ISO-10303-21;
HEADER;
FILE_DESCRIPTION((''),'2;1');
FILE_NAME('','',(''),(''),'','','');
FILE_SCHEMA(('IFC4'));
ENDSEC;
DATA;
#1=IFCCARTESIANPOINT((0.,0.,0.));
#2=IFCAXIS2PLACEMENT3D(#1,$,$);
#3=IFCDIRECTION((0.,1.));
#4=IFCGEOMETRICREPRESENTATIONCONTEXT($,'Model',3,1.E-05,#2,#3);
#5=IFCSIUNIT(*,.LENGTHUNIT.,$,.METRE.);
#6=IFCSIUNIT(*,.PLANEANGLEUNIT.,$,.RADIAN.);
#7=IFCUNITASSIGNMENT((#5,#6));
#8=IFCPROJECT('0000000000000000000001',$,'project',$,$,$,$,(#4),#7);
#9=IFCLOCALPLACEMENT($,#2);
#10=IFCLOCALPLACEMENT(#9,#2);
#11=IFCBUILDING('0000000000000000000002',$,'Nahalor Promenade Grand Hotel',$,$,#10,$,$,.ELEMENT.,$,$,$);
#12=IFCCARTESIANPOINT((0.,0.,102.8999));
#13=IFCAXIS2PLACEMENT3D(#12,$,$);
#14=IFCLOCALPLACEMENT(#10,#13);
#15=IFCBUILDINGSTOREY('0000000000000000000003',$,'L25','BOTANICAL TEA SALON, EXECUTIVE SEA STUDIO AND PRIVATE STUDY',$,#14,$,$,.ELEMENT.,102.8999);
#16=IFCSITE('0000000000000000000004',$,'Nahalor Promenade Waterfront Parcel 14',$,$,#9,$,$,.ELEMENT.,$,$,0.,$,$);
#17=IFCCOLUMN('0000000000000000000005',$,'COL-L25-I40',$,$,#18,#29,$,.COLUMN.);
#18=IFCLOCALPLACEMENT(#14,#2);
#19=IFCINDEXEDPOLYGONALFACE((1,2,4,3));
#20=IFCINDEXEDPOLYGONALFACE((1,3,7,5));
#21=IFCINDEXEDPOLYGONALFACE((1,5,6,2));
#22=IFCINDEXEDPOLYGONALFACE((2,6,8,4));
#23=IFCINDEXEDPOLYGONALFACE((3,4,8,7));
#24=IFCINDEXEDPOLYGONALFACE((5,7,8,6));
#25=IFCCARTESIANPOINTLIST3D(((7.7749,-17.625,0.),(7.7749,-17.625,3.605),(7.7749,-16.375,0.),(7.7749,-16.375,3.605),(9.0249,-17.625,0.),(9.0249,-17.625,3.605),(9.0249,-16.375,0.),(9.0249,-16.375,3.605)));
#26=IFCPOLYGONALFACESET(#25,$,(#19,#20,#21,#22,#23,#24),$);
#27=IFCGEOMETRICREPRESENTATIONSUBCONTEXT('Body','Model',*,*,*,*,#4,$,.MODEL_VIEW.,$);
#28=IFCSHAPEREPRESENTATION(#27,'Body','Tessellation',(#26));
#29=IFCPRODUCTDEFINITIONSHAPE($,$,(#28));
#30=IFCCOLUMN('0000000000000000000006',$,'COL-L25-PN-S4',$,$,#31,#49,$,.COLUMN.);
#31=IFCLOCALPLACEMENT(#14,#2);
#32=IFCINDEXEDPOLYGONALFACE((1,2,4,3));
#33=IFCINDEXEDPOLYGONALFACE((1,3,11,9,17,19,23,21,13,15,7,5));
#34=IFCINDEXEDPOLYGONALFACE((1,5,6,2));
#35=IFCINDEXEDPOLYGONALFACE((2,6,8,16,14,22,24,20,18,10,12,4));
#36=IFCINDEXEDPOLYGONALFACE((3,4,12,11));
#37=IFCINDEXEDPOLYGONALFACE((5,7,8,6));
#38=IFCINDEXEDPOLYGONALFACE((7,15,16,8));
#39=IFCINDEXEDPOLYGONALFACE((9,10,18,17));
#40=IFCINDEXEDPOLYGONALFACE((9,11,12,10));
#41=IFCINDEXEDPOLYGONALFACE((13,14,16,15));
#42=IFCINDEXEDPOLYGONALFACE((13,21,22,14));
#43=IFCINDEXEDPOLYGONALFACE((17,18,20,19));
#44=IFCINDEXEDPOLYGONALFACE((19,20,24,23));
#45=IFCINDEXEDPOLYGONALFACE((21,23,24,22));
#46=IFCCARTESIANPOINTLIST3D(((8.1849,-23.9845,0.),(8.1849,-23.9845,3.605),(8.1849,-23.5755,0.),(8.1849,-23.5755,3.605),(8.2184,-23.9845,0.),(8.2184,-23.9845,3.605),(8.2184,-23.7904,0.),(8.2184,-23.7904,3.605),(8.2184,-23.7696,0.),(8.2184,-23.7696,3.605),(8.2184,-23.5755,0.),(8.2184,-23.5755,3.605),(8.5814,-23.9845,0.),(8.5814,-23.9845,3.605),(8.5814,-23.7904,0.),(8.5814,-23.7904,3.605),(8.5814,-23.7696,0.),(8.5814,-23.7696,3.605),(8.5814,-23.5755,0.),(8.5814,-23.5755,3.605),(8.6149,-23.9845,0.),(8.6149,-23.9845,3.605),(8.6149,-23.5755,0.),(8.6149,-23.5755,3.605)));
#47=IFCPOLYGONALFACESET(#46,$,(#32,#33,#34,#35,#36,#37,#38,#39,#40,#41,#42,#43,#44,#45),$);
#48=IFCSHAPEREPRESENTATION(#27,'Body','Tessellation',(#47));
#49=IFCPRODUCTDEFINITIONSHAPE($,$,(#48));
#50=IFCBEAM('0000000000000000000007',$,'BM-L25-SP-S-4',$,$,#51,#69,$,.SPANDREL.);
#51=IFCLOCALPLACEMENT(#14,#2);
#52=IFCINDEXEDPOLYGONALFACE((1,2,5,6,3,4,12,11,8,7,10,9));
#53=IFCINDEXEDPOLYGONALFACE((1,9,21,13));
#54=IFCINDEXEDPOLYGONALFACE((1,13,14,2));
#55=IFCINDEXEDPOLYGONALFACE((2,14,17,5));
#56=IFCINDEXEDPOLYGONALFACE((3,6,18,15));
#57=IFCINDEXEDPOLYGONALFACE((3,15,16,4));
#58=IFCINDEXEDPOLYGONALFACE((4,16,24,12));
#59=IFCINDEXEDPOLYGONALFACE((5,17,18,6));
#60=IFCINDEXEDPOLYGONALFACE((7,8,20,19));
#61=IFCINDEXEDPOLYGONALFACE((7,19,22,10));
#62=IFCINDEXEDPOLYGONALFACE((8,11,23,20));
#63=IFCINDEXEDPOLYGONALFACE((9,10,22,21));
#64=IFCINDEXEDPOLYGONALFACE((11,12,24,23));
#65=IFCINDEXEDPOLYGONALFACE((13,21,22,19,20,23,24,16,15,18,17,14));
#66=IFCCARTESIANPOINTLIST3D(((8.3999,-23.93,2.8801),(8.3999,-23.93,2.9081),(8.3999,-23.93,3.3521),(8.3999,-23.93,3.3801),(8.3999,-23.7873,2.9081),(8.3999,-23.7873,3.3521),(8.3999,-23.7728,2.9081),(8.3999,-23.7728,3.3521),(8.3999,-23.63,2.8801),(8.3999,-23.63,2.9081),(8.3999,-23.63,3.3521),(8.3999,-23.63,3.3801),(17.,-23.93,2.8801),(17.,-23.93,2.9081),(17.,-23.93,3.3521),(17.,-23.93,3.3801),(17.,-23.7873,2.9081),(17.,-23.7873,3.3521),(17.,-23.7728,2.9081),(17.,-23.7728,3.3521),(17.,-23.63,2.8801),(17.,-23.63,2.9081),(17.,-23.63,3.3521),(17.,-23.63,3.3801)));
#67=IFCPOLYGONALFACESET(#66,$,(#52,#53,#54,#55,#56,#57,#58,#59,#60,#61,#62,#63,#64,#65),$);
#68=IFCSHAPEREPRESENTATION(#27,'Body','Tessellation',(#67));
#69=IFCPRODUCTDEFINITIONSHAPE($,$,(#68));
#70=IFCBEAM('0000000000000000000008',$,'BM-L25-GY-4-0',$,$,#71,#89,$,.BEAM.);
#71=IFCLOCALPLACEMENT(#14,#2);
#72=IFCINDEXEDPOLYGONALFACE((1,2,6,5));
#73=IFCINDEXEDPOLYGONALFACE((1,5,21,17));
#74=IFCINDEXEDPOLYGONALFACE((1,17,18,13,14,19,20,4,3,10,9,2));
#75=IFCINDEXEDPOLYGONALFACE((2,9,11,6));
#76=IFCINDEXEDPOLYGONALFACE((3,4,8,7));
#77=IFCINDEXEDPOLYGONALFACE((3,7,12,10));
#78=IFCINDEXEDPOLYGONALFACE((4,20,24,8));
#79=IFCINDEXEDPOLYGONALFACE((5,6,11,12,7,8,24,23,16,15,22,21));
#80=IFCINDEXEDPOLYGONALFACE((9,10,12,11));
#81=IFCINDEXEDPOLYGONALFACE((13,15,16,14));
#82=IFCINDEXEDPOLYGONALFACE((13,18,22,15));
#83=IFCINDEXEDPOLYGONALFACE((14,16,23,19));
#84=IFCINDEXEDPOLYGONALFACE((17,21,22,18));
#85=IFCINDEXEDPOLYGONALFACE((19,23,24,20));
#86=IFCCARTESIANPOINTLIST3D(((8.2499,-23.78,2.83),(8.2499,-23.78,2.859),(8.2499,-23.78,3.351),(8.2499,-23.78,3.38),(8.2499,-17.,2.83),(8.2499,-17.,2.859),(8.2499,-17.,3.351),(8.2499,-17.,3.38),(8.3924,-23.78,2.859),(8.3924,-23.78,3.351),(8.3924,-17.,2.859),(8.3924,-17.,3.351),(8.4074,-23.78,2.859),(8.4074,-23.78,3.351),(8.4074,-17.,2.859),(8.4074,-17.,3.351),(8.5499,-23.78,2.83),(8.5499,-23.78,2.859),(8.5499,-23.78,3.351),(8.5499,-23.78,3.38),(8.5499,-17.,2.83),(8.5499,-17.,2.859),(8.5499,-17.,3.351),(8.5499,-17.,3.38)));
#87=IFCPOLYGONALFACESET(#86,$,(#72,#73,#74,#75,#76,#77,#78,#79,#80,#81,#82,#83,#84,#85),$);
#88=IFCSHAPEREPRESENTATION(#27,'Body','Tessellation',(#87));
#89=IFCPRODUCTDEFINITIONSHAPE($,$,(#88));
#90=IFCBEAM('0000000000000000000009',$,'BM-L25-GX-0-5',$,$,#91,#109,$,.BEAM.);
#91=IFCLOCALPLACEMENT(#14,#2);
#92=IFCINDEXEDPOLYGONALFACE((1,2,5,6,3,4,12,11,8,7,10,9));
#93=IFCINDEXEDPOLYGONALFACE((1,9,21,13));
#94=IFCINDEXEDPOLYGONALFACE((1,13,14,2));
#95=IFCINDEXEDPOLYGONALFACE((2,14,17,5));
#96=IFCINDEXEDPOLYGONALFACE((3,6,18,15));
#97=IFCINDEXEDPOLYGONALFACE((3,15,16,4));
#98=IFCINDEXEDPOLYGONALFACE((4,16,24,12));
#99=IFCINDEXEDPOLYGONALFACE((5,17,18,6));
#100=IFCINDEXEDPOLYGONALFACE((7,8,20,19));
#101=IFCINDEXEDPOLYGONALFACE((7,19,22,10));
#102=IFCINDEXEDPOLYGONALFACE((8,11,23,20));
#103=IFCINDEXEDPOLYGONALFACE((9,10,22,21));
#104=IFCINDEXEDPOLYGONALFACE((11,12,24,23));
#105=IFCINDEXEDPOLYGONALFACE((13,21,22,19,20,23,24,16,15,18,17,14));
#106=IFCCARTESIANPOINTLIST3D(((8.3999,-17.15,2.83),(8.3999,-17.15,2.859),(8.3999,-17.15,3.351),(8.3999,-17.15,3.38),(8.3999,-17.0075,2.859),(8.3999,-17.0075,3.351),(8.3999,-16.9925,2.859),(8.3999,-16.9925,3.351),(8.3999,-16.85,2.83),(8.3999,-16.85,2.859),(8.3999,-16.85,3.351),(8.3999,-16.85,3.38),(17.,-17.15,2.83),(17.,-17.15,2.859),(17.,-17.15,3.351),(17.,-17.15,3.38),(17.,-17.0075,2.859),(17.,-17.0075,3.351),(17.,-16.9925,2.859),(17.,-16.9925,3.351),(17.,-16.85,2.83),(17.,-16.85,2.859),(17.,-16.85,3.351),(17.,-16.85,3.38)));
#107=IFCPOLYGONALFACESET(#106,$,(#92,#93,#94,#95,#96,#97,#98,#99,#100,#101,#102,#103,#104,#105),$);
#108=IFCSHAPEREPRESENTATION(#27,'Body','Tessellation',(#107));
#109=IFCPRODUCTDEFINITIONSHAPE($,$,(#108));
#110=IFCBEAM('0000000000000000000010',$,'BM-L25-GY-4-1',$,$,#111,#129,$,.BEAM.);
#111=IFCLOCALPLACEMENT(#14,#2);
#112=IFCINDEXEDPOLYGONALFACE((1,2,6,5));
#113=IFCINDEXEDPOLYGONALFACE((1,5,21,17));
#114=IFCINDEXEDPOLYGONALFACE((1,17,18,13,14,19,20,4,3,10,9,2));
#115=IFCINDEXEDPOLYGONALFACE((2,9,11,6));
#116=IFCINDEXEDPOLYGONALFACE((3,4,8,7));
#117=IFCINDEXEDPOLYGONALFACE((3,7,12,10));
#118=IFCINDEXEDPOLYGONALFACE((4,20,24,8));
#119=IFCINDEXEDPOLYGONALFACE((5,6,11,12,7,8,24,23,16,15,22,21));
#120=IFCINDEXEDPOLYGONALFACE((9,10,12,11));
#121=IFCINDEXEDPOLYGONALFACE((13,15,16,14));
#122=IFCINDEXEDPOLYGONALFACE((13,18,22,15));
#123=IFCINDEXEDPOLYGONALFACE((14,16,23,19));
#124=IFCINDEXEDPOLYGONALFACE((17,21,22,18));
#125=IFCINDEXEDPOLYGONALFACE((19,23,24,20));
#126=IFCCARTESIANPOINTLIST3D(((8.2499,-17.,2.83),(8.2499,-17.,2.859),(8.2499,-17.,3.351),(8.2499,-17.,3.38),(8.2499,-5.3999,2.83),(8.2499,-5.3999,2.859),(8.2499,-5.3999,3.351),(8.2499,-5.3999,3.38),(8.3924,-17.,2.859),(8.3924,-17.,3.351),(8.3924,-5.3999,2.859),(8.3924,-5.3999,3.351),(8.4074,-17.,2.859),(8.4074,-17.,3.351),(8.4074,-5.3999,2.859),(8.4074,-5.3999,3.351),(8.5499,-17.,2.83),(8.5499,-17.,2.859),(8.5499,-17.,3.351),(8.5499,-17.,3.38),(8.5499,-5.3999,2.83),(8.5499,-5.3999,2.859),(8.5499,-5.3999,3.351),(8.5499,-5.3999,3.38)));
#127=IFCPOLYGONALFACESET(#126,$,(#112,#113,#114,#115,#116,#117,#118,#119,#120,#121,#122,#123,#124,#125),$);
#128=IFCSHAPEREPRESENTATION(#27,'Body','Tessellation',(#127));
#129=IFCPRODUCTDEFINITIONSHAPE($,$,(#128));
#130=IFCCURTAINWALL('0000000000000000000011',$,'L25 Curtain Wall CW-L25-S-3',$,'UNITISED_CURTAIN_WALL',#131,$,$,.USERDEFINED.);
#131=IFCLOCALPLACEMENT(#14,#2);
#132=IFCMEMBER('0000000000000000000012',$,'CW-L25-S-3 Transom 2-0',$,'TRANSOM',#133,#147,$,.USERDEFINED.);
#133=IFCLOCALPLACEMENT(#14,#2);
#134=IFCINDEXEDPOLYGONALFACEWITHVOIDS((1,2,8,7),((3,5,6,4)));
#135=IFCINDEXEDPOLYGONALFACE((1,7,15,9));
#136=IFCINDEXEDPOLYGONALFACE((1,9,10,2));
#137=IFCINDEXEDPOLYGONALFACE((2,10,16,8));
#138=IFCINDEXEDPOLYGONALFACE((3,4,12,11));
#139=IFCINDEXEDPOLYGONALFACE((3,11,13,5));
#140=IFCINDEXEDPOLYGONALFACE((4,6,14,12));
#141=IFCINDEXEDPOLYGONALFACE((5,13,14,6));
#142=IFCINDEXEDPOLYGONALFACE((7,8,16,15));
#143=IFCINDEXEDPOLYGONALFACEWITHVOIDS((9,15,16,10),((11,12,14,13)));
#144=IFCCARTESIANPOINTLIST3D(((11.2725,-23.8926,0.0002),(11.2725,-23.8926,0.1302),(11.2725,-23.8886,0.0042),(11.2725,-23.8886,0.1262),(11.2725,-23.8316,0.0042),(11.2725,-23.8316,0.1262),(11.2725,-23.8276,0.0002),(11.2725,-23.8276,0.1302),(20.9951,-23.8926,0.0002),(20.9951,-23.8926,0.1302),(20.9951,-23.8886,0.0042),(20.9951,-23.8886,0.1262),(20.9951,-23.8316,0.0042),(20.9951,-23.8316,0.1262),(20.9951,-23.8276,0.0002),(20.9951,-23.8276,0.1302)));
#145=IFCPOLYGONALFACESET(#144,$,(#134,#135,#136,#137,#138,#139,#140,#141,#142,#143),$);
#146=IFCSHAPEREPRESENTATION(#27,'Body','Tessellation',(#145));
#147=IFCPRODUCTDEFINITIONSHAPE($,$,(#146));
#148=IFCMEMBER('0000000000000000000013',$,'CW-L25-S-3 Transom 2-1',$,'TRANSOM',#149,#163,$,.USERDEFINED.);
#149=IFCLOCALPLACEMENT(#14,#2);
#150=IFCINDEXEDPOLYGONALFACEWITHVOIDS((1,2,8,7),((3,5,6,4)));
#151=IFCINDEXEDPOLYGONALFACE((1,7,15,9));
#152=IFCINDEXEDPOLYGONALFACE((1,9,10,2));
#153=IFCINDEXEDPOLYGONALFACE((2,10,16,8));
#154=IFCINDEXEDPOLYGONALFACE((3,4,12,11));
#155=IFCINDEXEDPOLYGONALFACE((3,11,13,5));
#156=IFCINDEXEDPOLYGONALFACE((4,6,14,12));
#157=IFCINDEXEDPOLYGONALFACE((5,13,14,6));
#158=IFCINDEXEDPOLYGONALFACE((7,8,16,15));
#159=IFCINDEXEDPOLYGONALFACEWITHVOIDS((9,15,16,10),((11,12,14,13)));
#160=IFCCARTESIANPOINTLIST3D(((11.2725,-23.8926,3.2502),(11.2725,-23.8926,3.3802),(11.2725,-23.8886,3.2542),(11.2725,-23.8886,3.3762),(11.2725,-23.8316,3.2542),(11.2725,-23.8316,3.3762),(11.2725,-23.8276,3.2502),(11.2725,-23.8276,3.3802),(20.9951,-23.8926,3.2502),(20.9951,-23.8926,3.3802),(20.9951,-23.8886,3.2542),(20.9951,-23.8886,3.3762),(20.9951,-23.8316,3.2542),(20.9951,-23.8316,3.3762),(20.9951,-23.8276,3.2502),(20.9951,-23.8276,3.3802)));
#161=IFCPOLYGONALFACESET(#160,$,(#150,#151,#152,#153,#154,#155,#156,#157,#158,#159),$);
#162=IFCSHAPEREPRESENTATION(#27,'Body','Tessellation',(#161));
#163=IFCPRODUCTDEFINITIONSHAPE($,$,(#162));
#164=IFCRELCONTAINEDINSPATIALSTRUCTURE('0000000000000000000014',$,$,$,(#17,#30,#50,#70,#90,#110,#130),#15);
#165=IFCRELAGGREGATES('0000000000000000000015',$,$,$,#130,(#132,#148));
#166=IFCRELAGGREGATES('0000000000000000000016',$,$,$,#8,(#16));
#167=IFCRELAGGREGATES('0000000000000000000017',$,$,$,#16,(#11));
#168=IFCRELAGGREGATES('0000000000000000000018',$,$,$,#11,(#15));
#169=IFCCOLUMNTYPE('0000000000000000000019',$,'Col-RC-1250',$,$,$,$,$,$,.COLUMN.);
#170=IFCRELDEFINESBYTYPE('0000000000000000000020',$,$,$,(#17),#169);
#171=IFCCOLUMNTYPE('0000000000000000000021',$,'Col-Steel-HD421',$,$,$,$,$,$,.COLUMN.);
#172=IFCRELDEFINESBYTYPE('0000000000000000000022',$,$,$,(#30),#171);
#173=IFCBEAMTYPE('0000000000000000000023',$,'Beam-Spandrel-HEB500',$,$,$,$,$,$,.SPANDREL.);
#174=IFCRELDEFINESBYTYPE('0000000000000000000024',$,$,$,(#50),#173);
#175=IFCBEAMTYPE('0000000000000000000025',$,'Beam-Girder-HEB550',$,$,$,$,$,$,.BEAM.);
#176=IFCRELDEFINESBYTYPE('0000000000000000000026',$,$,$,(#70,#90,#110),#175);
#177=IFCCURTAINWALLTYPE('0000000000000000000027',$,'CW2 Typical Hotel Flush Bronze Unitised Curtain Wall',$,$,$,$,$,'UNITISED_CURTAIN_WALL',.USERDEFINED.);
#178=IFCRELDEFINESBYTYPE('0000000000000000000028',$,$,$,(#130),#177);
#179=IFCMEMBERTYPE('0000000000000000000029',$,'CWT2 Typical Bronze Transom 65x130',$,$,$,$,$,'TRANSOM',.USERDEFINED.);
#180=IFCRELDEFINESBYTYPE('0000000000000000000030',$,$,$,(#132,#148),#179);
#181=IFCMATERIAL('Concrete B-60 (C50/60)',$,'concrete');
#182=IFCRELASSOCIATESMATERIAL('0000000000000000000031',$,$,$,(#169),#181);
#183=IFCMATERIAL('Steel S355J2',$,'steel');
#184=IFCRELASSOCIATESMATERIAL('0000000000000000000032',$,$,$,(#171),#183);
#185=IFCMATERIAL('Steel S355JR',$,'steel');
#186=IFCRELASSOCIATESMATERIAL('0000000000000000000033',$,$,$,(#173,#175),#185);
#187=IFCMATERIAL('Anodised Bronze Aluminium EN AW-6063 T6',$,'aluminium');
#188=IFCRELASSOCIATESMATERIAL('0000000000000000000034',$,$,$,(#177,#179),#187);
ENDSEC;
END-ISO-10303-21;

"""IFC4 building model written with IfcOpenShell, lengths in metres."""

from ifc_helpers import new_model, si_unit, direction, frame, origin, origin_2d, place, context, subcontext, project, spatial, rectangle, hollow_rectangle, i_section, extrude, source, transform, mapped, material, material_profile, profile_set, type_object, element, aggregate, save


model = new_model("IFC4")

# Units and contexts
model_context = context("Model", 3, precision=1e-05, world=origin(), true_north=direction((0.0, 1.0)))
body_context = subcontext(model_context, "Body", "Model", "MODEL_VIEW")
ifc_project = project(units=[si_unit("LENGTHUNIT", "METRE"), si_unit("PLANEANGLEUNIT", "RADIAN")], contexts=[model_context])

# Site, building, storey
site_placement = place(None, origin())
site = spatial("IfcSite", under=ifc_project, at=site_placement, Name="Nahalor Promenade Waterfront Parcel 14", CompositionType="ELEMENT", RefElevation=0.0)
building_placement = place(site_placement, origin())
building = spatial("IfcBuilding", under=site, at=building_placement, Name="Nahalor Promenade Grand Hotel", CompositionType="ELEMENT")
storey_placement = place(building_placement, frame((0.0, 0.0, 102.8999)))
storey = spatial("IfcBuildingStorey", under=building, at=storey_placement, Name="L25", Description="BOTANICAL TEA SALON, EXECUTIVE SEA STUDIO AND PRIVATE STUDY", CompositionType="ELEMENT", Elevation=102.8999)

# Columns
ifc_material_1 = material(Name="Concrete B-60 (C50/60)", Category="concrete")
ifc_material_profile_1 = material_profile(ifc_material_1, rectangle(XDim=1.25, YDim=1.25, at=origin_2d()), Name="RC 1250x1250")
ifc_profile_set_1 = profile_set([ifc_material_profile_1], Name="Concrete B-60 (C50/60)")
column_type_1 = type_object("IfcColumnType", Name="Col-RC-1250", PredefinedType="COLUMN", material=ifc_profile_set_1)
shared_shape_1 = source(origin(), body_context, "Body", "SweptSolid", [
    extrude(rectangle(XDim=1.25, YDim=1.25, at=origin_2d()), origin(), (0.0, 0.0, 1.0), 3.605),
])
column_1_placement = place(storey_placement, frame((8.3999, -17.0, 0.0), z_axis=(0.0, 0.0, 1.0), x_axis=(1.0, 0.0, 0.0)))
element("IfcColumn", 1, at=column_1_placement, inside=storey, type_object=column_type_1, Name="COL-L25-I40", PredefinedType="COLUMN", context=body_context, shape_type="MappedRepresentation", body=[
    mapped(shared_shape_1, transform((0.0, 0.0, 0.0), scale=1.0)),
])
ifc_material_2 = material(Name="Steel S355J2", Category="steel")
ifc_material_profile_2 = material_profile(ifc_material_2, i_section(OverallWidth=0.409, OverallDepth=0.43, WebThickness=0.0208, FlangeThickness=0.0335, at=origin_2d()), Name="HD 400x421")
ifc_profile_set_2 = profile_set([ifc_material_profile_2], Name="Steel S355J2")
column_type_2 = type_object("IfcColumnType", Name="Col-Steel-HD421", PredefinedType="COLUMN", material=ifc_profile_set_2)
shared_shape_2 = source(origin(), body_context, "Body", "SweptSolid", [
    extrude(i_section(OverallWidth=0.409, OverallDepth=0.43, WebThickness=0.0208, FlangeThickness=0.0335, at=origin_2d()), origin(), (0.0, 0.0, 1.0), 3.605),
])
column_2_placement = place(storey_placement, frame((8.3999, -23.78, 0.0), z_axis=(0.0, 0.0, 1.0), x_axis=(0.0, 1.0, 0.0)))
element("IfcColumn", 2, at=column_2_placement, inside=storey, type_object=column_type_2, Name="COL-L25-PN-S4", PredefinedType="COLUMN", context=body_context, shape_type="MappedRepresentation", body=[
    mapped(shared_shape_2, transform((0.0, 0.0, 0.0), scale=1.0)),
])

# Beams
ifc_material_3 = material(Name="Steel S355JR", Category="steel")
ifc_material_profile_3 = material_profile(ifc_material_3, i_section(OverallWidth=0.3, OverallDepth=0.5, WebThickness=0.0145, FlangeThickness=0.028, at=origin_2d()), Name="HEB 500")
ifc_profile_set_3 = profile_set([ifc_material_profile_3], Name="Steel S355JR")
beam_type_1 = type_object("IfcBeamType", Name="Beam-Spandrel-HEB500", PredefinedType="SPANDREL", material=ifc_profile_set_3)
shared_shape_3 = source(origin(), body_context, "Body", "SweptSolid", [
    extrude(i_section(OverallWidth=0.3, OverallDepth=0.5, WebThickness=0.0145, FlangeThickness=0.028, at=origin_2d()), origin(), (0.0, 0.0, 1.0), 8.6001),
])
beam_1_placement = place(storey_placement, frame((8.3999, -23.78, 3.1301), z_axis=(1.0, 0.0, 0.0), x_axis=(0.0, 1.0, 0.0)))
element("IfcBeam", 3, at=beam_1_placement, inside=storey, type_object=beam_type_1, Name="BM-L25-SP-S-4", PredefinedType="SPANDREL", context=body_context, shape_type="MappedRepresentation", body=[
    mapped(shared_shape_3, transform((0.0, 0.0, 0.0), scale=1.0)),
])
ifc_material_profile_4 = material_profile(ifc_material_3, i_section(OverallWidth=0.3, OverallDepth=0.55, WebThickness=0.015, FlangeThickness=0.029, at=origin_2d()), Name="HEB 550")
ifc_profile_set_4 = profile_set([ifc_material_profile_4], Name="Steel S355JR")
beam_type_2 = type_object("IfcBeamType", Name="Beam-Girder-HEB550", PredefinedType="BEAM", material=ifc_profile_set_4)
shared_shape_4 = source(origin(), body_context, "Body", "SweptSolid", [
    extrude(i_section(OverallWidth=0.3, OverallDepth=0.55, WebThickness=0.015, FlangeThickness=0.029, at=origin_2d()), origin(), (0.0, 0.0, 1.0), 6.78),
])
beam_2_placement = place(storey_placement, frame((8.3999, -23.78, 3.105), z_axis=(0.0, 1.0, 0.0), x_axis=(-1.0, 0.0, 0.0)))
element("IfcBeam", 4, at=beam_2_placement, inside=storey, type_object=beam_type_2, Name="BM-L25-GY-4-0", PredefinedType="BEAM", context=body_context, shape_type="MappedRepresentation", body=[
    mapped(shared_shape_4, transform((0.0, 0.0, 0.0), scale=1.0)),
])
shared_shape_5 = source(origin(), body_context, "Body", "SweptSolid", [
    extrude(i_section(OverallWidth=0.3, OverallDepth=0.55, WebThickness=0.015, FlangeThickness=0.029, at=origin_2d()), origin(), (0.0, 0.0, 1.0), 8.6001),
])
beam_3_placement = place(storey_placement, frame((8.3999, -17.0, 3.105), z_axis=(1.0, 0.0, 0.0), x_axis=(0.0, 1.0, 0.0)))
element("IfcBeam", 5, at=beam_3_placement, inside=storey, type_object=beam_type_2, Name="BM-L25-GX-0-5", PredefinedType="BEAM", context=body_context, shape_type="MappedRepresentation", body=[
    mapped(shared_shape_5, transform((0.0, 0.0, 0.0), scale=1.0)),
])
shared_shape_6 = source(origin(), body_context, "Body", "SweptSolid", [
    extrude(i_section(OverallWidth=0.3, OverallDepth=0.55, WebThickness=0.015, FlangeThickness=0.029, at=origin_2d()), origin(), (0.0, 0.0, 1.0), 11.6001),
])
beam_4_placement = place(storey_placement, frame((8.3999, -17.0, 3.105), z_axis=(0.0, 1.0, 0.0), x_axis=(-1.0, 0.0, 0.0)))
element("IfcBeam", 6, at=beam_4_placement, inside=storey, type_object=beam_type_2, Name="BM-L25-GY-4-1", PredefinedType="BEAM", context=body_context, shape_type="MappedRepresentation", body=[
    mapped(shared_shape_6, transform((0.0, 0.0, 0.0), scale=1.0)),
])

# Curtain wall, members
ifc_material_4 = material(Name="Anodised Bronze Aluminium EN AW-6063 T6", Category="aluminium")
curtain_wall_type = type_object("IfcCurtainWallType", Name="CW2 Typical Hotel Flush Bronze Unitised Curtain Wall", ElementType="UNITISED_CURTAIN_WALL", PredefinedType="USERDEFINED", material=ifc_material_4)
curtain_wall_placement = place(storey_placement, origin())
curtain_wall = element("IfcCurtainWall", 7, at=curtain_wall_placement, inside=storey, type_object=curtain_wall_type, Name="L25 Curtain Wall CW-L25-S-3", ObjectType="UNITISED_CURTAIN_WALL", PredefinedType="USERDEFINED")
ifc_material_profile_5 = material_profile(ifc_material_4, hollow_rectangle(XDim=0.065, YDim=0.13, WallThickness=0.004, at=origin_2d()), Name="CWT 65x130x4")
ifc_profile_set_5 = profile_set([ifc_material_profile_5], Name="Anodised Bronze Aluminium EN AW-6063 T6")
member_type_1 = type_object("IfcMemberType", Name="CWT2 Typical Bronze Transom 65x130", ElementType="TRANSOM", PredefinedType="USERDEFINED", material=ifc_profile_set_5)
shared_shape_7 = source(origin(), body_context, "Body", "SweptSolid", [
    extrude(hollow_rectangle(XDim=0.065, YDim=0.13, WallThickness=0.004, at=origin_2d()), origin(), (0.0, 0.0, 1.0), 9.7227),
])
member_1_placement = place(storey_placement, frame((11.2725, -23.8601, 0.0652), z_axis=(1.0, 0.0, 0.0), x_axis=(0.0, 1.0, 0.0)))
member_1 = element("IfcMember", 8, at=member_1_placement, type_object=member_type_1, Name="CW-L25-S-3 Transom 2-0", ObjectType="TRANSOM", PredefinedType="USERDEFINED", context=body_context, shape_type="MappedRepresentation", body=[
    mapped(shared_shape_7, transform((0.0, 0.0, 0.0), scale=1.0)),
])
member_2_placement = place(storey_placement, frame((11.2725, -23.8601, 3.3152), z_axis=(1.0, 0.0, 0.0), x_axis=(0.0, 1.0, 0.0)))
member_2 = element("IfcMember", 9, at=member_2_placement, type_object=member_type_1, Name="CW-L25-S-3 Transom 2-1", ObjectType="TRANSOM", PredefinedType="USERDEFINED", context=body_context, shape_type="MappedRepresentation", body=[
    mapped(shared_shape_7, transform((0.0, 0.0, 0.0), scale=1.0)),
])
aggregate(curtain_wall, [member_1, member_2])

save(model, "model.ifc")
